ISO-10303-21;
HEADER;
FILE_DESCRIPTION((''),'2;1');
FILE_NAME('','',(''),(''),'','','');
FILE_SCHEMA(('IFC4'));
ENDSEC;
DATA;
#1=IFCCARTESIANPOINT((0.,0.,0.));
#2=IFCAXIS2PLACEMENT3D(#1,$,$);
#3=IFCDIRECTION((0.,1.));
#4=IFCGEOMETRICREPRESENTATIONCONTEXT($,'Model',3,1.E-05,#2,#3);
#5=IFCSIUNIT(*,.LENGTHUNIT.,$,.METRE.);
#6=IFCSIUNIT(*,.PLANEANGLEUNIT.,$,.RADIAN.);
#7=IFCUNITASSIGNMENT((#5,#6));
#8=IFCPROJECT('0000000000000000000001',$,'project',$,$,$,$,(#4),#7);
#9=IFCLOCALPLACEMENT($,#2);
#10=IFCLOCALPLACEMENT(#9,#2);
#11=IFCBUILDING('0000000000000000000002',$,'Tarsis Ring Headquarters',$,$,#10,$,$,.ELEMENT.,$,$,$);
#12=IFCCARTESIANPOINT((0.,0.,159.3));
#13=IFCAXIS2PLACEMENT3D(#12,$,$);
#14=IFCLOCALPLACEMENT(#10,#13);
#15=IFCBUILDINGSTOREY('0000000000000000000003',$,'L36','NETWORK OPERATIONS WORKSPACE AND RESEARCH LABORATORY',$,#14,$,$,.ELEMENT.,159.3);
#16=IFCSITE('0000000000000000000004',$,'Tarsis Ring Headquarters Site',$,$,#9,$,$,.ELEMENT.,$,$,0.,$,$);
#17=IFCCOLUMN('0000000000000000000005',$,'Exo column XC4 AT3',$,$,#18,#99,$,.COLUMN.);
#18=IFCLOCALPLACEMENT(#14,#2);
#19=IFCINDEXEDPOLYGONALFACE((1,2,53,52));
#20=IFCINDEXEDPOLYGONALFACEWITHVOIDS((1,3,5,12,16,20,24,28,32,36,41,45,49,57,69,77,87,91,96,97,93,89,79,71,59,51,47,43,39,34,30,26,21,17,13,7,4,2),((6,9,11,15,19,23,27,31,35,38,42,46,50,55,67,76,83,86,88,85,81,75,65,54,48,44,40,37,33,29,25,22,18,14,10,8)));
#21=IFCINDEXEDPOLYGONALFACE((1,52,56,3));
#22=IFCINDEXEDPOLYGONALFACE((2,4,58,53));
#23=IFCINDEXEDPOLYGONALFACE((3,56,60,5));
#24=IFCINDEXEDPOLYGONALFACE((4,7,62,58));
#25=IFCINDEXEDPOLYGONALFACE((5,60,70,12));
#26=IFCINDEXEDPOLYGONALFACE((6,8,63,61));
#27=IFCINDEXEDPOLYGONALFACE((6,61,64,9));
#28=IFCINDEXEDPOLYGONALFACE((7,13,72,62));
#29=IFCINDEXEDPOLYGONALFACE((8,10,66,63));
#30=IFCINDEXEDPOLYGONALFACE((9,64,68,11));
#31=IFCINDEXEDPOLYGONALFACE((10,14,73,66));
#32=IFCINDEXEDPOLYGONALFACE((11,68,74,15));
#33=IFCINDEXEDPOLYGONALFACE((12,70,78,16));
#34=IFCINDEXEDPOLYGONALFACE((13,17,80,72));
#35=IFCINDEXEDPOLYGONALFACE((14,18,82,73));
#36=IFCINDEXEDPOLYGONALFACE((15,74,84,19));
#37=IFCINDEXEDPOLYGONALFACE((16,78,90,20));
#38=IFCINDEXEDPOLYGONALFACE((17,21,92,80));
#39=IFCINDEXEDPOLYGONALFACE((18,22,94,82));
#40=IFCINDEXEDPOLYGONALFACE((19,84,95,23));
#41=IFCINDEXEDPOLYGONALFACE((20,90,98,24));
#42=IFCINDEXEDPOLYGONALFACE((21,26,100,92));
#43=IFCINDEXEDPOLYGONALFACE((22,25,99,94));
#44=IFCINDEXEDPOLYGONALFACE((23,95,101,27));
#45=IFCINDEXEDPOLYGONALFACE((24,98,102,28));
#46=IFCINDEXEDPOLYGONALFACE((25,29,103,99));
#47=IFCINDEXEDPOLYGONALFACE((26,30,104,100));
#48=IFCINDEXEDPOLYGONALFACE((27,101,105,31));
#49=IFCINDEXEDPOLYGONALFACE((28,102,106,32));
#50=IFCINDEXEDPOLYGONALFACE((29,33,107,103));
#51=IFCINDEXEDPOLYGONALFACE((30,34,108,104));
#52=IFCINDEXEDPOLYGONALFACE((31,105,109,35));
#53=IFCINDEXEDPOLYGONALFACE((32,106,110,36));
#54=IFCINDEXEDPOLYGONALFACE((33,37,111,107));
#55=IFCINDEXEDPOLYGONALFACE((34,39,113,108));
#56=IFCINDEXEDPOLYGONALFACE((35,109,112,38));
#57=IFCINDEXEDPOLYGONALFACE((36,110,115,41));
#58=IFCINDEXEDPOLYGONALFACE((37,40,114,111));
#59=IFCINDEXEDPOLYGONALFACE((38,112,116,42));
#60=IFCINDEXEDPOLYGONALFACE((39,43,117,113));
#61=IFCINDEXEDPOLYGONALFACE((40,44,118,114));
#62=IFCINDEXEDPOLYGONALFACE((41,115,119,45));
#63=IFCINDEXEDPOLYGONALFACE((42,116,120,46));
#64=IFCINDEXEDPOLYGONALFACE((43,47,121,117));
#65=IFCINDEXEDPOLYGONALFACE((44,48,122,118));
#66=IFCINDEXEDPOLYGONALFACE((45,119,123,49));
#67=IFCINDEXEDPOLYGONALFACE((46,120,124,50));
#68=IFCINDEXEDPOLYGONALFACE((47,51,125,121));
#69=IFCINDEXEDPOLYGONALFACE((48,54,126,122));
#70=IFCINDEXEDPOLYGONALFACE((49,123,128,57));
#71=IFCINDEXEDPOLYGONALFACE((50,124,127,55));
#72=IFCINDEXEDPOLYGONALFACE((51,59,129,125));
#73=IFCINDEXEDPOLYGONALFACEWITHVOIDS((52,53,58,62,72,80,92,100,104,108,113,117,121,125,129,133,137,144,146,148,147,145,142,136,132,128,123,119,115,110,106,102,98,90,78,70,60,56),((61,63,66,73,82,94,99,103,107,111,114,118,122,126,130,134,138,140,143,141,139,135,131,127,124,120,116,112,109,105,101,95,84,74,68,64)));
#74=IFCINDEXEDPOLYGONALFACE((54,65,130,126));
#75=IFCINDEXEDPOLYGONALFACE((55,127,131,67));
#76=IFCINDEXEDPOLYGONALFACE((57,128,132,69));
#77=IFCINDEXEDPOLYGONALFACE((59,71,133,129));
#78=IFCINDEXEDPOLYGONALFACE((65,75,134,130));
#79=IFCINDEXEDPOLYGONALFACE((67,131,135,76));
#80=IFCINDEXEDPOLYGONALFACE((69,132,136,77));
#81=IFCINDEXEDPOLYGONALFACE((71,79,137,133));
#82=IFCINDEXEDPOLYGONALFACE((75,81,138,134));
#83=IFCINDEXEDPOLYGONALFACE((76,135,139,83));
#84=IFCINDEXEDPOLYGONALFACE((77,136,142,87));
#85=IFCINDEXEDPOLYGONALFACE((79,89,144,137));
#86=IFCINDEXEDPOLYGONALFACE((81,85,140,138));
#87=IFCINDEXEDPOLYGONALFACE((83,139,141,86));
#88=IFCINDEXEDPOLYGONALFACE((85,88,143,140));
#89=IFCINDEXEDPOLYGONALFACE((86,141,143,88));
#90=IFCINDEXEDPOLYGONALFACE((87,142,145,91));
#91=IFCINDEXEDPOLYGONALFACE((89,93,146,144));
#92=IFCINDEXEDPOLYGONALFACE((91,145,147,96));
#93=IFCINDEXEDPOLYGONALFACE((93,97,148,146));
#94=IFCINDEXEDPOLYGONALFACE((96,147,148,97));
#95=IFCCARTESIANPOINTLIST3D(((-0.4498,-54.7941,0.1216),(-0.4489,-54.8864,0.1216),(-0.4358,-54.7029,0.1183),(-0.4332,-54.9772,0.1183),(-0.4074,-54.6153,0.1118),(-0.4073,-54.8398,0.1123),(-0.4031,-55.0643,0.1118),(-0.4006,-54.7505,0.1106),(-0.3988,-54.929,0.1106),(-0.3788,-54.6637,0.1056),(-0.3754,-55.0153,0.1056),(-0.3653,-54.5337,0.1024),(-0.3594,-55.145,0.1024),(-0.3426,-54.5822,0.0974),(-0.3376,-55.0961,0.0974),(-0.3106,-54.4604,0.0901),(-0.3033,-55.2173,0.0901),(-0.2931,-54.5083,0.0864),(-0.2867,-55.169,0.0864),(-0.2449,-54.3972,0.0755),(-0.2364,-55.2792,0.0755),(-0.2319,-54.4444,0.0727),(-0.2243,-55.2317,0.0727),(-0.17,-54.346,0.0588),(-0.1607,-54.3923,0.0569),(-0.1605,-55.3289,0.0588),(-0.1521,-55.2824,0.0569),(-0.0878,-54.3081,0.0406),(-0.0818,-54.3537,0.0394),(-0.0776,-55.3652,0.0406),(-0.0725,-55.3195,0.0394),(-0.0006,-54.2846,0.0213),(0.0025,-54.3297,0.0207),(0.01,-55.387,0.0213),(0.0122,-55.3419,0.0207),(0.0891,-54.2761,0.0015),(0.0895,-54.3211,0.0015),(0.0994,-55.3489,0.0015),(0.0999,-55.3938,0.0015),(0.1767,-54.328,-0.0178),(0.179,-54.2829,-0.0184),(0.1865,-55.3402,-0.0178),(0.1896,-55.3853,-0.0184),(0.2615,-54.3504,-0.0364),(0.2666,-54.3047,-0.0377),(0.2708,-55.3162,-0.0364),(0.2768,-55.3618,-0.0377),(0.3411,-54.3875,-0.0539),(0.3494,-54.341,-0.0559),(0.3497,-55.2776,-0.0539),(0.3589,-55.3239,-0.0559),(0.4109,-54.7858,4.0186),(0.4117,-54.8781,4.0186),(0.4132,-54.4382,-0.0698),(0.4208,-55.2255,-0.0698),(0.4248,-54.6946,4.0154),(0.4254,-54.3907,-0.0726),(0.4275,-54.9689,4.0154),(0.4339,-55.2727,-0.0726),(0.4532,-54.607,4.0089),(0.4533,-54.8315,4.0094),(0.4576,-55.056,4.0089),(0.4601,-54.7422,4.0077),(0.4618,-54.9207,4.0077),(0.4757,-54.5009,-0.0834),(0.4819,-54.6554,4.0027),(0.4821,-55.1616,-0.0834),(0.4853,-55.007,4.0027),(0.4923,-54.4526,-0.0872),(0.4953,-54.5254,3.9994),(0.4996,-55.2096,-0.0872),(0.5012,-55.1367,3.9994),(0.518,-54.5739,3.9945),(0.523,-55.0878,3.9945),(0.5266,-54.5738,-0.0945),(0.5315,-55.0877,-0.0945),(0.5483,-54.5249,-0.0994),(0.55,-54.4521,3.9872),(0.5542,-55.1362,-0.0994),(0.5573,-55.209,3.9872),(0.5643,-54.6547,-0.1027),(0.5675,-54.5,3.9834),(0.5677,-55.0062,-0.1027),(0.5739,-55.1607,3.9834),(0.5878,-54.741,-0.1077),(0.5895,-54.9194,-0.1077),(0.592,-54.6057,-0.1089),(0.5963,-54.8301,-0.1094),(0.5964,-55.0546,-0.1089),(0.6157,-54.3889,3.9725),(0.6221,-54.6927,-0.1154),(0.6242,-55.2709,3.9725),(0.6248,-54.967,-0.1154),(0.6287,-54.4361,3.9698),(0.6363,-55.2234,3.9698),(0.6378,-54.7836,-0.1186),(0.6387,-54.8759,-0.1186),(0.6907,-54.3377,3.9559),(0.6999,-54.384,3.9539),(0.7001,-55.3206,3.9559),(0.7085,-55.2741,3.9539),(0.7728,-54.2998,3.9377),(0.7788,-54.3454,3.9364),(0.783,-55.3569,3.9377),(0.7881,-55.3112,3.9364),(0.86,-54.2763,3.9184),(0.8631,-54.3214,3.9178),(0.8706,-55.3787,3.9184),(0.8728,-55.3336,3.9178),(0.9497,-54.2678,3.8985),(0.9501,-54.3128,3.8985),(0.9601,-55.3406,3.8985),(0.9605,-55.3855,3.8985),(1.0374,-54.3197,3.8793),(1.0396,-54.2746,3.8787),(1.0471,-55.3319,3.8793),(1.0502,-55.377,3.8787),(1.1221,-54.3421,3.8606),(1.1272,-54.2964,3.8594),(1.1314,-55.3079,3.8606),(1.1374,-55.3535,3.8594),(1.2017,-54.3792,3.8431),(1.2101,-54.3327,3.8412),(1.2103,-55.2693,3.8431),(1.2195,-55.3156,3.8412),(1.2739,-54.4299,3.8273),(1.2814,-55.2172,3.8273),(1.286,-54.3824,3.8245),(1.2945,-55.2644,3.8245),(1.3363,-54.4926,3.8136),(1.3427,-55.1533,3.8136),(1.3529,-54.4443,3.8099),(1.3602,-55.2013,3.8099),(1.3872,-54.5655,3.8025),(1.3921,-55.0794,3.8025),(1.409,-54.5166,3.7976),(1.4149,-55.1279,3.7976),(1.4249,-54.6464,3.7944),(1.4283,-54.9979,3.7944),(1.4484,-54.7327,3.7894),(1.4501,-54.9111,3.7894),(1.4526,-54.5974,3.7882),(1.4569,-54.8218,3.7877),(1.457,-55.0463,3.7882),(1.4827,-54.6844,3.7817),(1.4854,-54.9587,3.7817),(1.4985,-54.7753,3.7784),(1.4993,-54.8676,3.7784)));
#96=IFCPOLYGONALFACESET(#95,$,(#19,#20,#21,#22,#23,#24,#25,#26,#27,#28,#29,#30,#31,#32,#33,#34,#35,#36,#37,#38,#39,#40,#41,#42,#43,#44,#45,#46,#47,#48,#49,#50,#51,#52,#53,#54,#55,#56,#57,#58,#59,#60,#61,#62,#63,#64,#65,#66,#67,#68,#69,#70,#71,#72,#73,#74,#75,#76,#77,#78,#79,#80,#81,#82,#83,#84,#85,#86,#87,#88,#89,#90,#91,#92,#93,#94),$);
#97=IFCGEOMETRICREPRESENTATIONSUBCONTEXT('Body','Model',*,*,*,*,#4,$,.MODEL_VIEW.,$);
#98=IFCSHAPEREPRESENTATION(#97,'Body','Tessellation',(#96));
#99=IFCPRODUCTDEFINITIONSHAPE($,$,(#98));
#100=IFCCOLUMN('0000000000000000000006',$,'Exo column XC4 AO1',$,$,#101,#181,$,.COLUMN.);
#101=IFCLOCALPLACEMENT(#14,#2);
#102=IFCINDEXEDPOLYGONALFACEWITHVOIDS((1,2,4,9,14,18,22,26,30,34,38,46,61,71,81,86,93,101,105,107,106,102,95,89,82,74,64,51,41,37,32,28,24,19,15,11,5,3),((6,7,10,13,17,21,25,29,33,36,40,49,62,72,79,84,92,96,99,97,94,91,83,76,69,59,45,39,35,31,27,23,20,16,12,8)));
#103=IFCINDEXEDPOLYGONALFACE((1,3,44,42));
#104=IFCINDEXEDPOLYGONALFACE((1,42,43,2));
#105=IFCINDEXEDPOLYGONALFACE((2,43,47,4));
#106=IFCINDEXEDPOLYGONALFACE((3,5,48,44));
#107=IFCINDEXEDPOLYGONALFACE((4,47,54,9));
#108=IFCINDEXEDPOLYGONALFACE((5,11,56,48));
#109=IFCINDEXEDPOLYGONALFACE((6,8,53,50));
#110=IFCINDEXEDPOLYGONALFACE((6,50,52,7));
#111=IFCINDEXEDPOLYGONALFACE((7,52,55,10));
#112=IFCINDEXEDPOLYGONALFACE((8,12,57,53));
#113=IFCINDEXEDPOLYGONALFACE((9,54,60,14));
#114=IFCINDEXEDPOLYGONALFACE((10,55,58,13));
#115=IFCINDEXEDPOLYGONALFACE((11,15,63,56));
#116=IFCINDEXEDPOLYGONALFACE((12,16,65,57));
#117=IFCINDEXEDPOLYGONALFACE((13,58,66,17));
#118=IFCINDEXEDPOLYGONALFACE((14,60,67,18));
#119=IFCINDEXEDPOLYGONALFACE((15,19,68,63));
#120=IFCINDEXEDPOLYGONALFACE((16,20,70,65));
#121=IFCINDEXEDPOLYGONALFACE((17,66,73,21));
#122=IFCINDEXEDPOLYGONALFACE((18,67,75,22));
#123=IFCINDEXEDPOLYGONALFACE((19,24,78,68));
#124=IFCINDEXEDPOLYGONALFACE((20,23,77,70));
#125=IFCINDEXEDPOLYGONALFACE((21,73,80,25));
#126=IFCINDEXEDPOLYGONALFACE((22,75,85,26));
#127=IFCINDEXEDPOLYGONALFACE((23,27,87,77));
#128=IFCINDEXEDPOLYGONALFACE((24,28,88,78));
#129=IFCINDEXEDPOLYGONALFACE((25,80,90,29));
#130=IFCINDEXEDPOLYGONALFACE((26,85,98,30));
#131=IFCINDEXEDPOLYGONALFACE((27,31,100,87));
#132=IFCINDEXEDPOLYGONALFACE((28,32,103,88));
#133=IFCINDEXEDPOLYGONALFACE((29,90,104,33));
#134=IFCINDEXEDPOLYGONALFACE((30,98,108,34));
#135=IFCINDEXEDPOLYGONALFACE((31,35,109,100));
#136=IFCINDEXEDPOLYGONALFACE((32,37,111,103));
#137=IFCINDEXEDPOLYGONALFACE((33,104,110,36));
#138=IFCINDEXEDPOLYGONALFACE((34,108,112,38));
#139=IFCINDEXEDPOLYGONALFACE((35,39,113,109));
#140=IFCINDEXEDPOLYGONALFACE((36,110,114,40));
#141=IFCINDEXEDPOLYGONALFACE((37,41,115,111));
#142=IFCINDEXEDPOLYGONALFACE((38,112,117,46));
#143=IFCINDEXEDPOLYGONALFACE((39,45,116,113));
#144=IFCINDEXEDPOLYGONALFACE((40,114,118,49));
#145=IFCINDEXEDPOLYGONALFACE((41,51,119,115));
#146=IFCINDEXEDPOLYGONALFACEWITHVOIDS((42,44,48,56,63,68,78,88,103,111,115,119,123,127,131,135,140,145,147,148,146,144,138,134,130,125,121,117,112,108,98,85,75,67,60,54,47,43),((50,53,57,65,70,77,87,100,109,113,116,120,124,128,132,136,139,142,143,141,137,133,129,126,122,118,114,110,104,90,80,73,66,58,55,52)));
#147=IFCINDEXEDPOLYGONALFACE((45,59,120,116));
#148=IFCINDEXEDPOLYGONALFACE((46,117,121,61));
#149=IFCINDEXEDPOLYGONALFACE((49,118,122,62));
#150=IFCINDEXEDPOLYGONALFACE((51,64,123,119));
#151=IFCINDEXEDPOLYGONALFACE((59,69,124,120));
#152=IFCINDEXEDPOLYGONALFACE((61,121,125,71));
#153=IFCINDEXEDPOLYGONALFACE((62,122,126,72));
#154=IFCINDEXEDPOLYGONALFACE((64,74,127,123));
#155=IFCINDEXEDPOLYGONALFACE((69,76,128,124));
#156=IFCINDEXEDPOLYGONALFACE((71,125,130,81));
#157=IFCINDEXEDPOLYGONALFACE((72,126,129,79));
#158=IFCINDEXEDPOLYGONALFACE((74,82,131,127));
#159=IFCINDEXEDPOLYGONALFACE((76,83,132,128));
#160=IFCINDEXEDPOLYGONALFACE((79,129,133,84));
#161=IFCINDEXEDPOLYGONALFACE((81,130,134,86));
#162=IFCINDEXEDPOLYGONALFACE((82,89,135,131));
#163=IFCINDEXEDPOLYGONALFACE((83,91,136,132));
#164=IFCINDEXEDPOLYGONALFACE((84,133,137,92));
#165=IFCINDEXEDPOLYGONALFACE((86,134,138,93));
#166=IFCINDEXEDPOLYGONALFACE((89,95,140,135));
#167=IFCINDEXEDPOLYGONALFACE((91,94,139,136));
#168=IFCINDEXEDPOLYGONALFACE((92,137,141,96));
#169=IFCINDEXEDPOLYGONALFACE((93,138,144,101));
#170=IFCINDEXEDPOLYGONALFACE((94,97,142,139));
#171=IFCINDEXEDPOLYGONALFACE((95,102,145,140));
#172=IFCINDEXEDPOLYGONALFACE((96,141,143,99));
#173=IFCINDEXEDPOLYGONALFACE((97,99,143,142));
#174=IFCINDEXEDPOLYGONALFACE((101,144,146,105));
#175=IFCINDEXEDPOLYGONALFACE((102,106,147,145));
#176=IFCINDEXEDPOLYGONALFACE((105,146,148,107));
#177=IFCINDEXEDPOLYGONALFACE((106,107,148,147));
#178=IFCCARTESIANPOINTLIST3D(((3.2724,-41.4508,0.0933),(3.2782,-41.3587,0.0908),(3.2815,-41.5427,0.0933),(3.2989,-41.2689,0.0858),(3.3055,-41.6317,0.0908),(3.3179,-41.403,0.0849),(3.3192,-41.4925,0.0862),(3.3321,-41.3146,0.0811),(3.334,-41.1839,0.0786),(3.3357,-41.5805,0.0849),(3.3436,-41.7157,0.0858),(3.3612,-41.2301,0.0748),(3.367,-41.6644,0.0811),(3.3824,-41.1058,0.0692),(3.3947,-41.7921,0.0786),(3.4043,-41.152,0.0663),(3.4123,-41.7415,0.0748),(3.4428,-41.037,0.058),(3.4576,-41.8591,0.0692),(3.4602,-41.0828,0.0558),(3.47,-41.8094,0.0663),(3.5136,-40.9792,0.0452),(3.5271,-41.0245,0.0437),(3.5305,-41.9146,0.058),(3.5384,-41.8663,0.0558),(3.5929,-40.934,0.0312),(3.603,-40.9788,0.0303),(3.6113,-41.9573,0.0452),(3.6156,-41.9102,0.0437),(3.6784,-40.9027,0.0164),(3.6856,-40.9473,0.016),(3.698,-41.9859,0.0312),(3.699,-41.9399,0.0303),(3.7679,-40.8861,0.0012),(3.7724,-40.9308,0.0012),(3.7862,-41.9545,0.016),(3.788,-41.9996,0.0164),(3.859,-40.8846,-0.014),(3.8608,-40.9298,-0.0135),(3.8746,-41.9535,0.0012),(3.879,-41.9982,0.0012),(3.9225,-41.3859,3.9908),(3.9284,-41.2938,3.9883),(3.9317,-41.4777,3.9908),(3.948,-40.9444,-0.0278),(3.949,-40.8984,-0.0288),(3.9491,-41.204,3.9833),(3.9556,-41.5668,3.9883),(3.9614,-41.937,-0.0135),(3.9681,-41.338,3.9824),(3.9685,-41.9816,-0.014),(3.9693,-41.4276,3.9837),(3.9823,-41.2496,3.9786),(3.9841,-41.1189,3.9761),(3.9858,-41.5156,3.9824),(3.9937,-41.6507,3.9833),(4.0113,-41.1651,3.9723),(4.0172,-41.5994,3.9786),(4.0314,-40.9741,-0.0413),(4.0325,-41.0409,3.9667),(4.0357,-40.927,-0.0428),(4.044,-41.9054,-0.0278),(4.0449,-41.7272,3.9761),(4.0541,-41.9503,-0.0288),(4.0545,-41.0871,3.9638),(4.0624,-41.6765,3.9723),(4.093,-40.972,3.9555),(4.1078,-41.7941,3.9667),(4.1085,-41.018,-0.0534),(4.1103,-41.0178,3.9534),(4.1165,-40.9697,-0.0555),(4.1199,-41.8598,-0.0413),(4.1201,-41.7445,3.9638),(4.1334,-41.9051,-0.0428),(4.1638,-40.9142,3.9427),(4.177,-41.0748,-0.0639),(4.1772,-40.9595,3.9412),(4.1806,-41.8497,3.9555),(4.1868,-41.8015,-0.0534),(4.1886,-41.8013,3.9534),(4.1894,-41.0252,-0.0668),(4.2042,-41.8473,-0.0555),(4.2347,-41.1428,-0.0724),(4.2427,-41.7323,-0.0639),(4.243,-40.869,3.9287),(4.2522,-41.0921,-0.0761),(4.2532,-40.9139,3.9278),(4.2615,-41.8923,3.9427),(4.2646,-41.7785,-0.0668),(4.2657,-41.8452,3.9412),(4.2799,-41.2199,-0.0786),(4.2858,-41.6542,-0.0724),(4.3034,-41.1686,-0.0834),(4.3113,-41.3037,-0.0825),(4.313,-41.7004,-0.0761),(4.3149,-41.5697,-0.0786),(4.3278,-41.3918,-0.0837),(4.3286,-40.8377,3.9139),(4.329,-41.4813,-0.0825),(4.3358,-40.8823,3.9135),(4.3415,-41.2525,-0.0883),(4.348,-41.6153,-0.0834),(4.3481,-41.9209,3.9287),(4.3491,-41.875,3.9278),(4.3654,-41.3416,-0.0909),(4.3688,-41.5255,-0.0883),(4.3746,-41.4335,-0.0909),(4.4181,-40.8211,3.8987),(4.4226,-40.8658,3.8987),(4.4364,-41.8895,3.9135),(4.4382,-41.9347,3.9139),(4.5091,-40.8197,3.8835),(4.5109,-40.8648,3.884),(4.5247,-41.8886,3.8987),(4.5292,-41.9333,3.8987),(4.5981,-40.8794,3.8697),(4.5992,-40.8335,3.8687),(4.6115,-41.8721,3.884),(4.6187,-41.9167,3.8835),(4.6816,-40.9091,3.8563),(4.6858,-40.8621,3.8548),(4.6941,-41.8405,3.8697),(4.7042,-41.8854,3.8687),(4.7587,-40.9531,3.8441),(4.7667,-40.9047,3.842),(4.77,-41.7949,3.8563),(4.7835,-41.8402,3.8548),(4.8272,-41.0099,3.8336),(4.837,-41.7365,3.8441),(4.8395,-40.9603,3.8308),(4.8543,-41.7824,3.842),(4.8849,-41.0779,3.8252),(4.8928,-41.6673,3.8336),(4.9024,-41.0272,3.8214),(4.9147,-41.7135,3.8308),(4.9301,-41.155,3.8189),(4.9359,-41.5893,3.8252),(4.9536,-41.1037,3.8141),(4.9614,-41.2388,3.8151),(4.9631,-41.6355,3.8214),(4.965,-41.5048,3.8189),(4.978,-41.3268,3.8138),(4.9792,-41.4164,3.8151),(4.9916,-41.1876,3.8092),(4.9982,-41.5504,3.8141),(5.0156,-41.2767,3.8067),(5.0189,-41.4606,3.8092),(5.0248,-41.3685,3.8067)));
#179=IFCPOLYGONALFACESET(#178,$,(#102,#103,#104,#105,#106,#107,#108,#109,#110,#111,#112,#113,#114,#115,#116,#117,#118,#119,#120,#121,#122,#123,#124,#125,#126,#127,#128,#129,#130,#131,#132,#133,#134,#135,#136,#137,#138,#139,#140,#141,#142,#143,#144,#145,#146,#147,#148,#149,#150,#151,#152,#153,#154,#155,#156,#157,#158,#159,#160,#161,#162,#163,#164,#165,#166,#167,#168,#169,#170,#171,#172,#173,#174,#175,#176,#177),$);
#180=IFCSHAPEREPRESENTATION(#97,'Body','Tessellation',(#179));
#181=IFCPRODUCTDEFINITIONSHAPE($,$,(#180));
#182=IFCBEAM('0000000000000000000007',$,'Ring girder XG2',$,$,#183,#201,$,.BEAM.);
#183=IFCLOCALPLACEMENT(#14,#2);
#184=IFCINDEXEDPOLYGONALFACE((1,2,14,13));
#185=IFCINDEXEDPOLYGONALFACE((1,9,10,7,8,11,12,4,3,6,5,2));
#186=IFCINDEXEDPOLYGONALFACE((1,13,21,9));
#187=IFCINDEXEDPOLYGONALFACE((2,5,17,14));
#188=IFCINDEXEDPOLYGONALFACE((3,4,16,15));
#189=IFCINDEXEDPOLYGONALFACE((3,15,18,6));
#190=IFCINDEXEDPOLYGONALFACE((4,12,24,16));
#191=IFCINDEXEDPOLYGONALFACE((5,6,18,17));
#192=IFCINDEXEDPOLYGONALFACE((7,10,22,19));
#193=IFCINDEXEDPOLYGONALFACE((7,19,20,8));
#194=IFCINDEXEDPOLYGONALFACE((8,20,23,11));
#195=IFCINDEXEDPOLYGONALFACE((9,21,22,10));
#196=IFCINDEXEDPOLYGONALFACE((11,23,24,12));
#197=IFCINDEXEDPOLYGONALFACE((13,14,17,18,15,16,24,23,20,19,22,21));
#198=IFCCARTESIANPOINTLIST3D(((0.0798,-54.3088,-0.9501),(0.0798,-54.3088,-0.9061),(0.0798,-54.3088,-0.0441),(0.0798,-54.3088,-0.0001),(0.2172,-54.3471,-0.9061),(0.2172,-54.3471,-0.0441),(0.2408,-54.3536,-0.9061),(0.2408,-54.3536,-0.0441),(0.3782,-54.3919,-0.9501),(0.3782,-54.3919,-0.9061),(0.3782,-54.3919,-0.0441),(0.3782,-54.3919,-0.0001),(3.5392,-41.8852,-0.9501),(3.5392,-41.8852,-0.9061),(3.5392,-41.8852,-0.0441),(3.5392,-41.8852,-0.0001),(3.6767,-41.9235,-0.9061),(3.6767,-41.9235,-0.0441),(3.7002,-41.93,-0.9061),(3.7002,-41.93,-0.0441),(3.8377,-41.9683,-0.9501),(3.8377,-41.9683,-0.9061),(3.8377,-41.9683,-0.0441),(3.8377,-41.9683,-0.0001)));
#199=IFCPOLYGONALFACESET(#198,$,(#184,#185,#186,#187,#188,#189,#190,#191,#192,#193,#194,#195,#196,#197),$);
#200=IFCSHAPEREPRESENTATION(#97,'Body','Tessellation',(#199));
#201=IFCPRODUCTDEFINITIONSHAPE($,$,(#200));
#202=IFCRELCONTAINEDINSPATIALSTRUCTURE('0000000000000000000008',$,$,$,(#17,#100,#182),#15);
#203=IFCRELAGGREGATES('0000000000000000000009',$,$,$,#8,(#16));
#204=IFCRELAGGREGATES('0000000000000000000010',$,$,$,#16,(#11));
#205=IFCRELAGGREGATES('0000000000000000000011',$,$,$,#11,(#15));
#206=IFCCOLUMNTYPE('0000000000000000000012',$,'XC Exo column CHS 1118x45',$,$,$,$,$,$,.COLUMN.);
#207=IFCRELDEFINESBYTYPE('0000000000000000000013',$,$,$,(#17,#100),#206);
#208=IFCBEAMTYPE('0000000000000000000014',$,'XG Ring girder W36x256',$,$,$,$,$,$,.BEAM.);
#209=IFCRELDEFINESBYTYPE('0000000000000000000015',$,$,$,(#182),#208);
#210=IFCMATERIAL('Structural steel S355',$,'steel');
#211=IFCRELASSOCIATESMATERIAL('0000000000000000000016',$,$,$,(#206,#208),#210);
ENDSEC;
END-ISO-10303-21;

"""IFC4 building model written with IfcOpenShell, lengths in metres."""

from ifc_helpers import new_model, si_unit, direction, frame, origin, origin_2d, place, context, subcontext, project, spatial, hollow_circle, i_section, extrude, material, material_profile, profile_set, type_object, element, save


model = new_model("IFC4")

# Units and contexts
model_context = context("Model", 3, precision=1e-05, world=origin(), true_north=direction((0.0, 1.0)))
body_context = subcontext(model_context, "Body", "Model", "MODEL_VIEW")
ifc_project = project(units=[si_unit("LENGTHUNIT", "METRE"), si_unit("PLANEANGLEUNIT", "RADIAN")], contexts=[model_context])

# Site, building, storey
site_placement = place(None, origin())
site = spatial("IfcSite", under=ifc_project, at=site_placement, Name="Tarsis Ring Headquarters Site", CompositionType="ELEMENT", RefElevation=0.0)
building_placement = place(site_placement, origin())
building = spatial("IfcBuilding", under=site, at=building_placement, Name="Tarsis Ring Headquarters", CompositionType="ELEMENT")
storey_placement = place(building_placement, frame((0.0, 0.0, 159.3)))
storey = spatial("IfcBuildingStorey", under=building, at=storey_placement, Name="L36", Description="NETWORK OPERATIONS WORKSPACE AND RESEARCH LABORATORY", CompositionType="ELEMENT", Elevation=159.3)

# Columns
ifc_material_1 = material(Name="Structural steel S355", Category="steel")
ifc_material_profile_1 = material_profile(ifc_material_1, hollow_circle(Radius=0.5588, WallThickness=0.0449, at=origin_2d()), Name="CHS 1118x45")
ifc_profile_set_1 = profile_set([ifc_material_profile_1], Name="Structural steel S355")
column_type = type_object("IfcColumnType", Name="XC Exo column CHS 1118x45", PredefinedType="COLUMN", material=ifc_profile_set_1)
column_1_placement = place(storey_placement, frame((0.0945, -54.835, 0.0015), z_axis=(0.215641, 0.00208, 0.976471), x_axis=(-0.009645, 0.999953, 0.0)))
element("IfcColumn", 1, at=column_1_placement, inside=storey, type_object=column_type, Name="Exo column XC4 AT3", PredefinedType="COLUMN", context=body_context, shape_type="SweptSolid", body=[
    extrude(hollow_circle(Radius=0.5588, WallThickness=0.0449, at=origin_2d()), origin(), (0.0, 0.0, 1.0), 3.991),
])
column_2_placement = place(storey_placement, frame((3.8235, -41.4421, 0.0012), z_axis=(0.164517, 0.016433, 0.986237), x_axis=(-0.099393, 0.995048, 0.0)))
element("IfcColumn", 2, at=column_2_placement, inside=storey, type_object=column_type, Name="Exo column XC4 AO1", PredefinedType="COLUMN", context=body_context, shape_type="SweptSolid", body=[
    extrude(hollow_circle(Radius=0.5588, WallThickness=0.0449, at=origin_2d()), origin(), (0.0, 0.0, 1.0), 3.9519),
])

# Beam
ifc_material_profile_2 = material_profile(ifc_material_1, i_section(OverallWidth=0.3098, OverallDepth=0.95, WebThickness=0.0244, FlangeThickness=0.0439, at=origin_2d()), Name="W36x256")
ifc_profile_set_2 = profile_set([ifc_material_profile_2], Name="Structural steel S355")
beam_type = type_object("IfcBeamType", Name="XG Ring girder W36x256", PredefinedType="BEAM", material=ifc_profile_set_2)
beam_placement = place(storey_placement, frame((0.229, -54.3503, -0.4751), z_axis=(0.268254, 0.963348, 0.0), x_axis=(-0.963348, 0.268254, 0.0)))
element("IfcBeam", 3, at=beam_placement, inside=storey, type_object=beam_type, Name="Ring girder XG2", PredefinedType="BEAM", context=body_context, shape_type="SweptSolid", body=[
    extrude(i_section(OverallWidth=0.3098, OverallDepth=0.95, WebThickness=0.0244, FlangeThickness=0.0439, at=origin_2d()), origin(), (0.0, 0.0, 1.0), 12.8962),
])

save(model, "model.ifc")
